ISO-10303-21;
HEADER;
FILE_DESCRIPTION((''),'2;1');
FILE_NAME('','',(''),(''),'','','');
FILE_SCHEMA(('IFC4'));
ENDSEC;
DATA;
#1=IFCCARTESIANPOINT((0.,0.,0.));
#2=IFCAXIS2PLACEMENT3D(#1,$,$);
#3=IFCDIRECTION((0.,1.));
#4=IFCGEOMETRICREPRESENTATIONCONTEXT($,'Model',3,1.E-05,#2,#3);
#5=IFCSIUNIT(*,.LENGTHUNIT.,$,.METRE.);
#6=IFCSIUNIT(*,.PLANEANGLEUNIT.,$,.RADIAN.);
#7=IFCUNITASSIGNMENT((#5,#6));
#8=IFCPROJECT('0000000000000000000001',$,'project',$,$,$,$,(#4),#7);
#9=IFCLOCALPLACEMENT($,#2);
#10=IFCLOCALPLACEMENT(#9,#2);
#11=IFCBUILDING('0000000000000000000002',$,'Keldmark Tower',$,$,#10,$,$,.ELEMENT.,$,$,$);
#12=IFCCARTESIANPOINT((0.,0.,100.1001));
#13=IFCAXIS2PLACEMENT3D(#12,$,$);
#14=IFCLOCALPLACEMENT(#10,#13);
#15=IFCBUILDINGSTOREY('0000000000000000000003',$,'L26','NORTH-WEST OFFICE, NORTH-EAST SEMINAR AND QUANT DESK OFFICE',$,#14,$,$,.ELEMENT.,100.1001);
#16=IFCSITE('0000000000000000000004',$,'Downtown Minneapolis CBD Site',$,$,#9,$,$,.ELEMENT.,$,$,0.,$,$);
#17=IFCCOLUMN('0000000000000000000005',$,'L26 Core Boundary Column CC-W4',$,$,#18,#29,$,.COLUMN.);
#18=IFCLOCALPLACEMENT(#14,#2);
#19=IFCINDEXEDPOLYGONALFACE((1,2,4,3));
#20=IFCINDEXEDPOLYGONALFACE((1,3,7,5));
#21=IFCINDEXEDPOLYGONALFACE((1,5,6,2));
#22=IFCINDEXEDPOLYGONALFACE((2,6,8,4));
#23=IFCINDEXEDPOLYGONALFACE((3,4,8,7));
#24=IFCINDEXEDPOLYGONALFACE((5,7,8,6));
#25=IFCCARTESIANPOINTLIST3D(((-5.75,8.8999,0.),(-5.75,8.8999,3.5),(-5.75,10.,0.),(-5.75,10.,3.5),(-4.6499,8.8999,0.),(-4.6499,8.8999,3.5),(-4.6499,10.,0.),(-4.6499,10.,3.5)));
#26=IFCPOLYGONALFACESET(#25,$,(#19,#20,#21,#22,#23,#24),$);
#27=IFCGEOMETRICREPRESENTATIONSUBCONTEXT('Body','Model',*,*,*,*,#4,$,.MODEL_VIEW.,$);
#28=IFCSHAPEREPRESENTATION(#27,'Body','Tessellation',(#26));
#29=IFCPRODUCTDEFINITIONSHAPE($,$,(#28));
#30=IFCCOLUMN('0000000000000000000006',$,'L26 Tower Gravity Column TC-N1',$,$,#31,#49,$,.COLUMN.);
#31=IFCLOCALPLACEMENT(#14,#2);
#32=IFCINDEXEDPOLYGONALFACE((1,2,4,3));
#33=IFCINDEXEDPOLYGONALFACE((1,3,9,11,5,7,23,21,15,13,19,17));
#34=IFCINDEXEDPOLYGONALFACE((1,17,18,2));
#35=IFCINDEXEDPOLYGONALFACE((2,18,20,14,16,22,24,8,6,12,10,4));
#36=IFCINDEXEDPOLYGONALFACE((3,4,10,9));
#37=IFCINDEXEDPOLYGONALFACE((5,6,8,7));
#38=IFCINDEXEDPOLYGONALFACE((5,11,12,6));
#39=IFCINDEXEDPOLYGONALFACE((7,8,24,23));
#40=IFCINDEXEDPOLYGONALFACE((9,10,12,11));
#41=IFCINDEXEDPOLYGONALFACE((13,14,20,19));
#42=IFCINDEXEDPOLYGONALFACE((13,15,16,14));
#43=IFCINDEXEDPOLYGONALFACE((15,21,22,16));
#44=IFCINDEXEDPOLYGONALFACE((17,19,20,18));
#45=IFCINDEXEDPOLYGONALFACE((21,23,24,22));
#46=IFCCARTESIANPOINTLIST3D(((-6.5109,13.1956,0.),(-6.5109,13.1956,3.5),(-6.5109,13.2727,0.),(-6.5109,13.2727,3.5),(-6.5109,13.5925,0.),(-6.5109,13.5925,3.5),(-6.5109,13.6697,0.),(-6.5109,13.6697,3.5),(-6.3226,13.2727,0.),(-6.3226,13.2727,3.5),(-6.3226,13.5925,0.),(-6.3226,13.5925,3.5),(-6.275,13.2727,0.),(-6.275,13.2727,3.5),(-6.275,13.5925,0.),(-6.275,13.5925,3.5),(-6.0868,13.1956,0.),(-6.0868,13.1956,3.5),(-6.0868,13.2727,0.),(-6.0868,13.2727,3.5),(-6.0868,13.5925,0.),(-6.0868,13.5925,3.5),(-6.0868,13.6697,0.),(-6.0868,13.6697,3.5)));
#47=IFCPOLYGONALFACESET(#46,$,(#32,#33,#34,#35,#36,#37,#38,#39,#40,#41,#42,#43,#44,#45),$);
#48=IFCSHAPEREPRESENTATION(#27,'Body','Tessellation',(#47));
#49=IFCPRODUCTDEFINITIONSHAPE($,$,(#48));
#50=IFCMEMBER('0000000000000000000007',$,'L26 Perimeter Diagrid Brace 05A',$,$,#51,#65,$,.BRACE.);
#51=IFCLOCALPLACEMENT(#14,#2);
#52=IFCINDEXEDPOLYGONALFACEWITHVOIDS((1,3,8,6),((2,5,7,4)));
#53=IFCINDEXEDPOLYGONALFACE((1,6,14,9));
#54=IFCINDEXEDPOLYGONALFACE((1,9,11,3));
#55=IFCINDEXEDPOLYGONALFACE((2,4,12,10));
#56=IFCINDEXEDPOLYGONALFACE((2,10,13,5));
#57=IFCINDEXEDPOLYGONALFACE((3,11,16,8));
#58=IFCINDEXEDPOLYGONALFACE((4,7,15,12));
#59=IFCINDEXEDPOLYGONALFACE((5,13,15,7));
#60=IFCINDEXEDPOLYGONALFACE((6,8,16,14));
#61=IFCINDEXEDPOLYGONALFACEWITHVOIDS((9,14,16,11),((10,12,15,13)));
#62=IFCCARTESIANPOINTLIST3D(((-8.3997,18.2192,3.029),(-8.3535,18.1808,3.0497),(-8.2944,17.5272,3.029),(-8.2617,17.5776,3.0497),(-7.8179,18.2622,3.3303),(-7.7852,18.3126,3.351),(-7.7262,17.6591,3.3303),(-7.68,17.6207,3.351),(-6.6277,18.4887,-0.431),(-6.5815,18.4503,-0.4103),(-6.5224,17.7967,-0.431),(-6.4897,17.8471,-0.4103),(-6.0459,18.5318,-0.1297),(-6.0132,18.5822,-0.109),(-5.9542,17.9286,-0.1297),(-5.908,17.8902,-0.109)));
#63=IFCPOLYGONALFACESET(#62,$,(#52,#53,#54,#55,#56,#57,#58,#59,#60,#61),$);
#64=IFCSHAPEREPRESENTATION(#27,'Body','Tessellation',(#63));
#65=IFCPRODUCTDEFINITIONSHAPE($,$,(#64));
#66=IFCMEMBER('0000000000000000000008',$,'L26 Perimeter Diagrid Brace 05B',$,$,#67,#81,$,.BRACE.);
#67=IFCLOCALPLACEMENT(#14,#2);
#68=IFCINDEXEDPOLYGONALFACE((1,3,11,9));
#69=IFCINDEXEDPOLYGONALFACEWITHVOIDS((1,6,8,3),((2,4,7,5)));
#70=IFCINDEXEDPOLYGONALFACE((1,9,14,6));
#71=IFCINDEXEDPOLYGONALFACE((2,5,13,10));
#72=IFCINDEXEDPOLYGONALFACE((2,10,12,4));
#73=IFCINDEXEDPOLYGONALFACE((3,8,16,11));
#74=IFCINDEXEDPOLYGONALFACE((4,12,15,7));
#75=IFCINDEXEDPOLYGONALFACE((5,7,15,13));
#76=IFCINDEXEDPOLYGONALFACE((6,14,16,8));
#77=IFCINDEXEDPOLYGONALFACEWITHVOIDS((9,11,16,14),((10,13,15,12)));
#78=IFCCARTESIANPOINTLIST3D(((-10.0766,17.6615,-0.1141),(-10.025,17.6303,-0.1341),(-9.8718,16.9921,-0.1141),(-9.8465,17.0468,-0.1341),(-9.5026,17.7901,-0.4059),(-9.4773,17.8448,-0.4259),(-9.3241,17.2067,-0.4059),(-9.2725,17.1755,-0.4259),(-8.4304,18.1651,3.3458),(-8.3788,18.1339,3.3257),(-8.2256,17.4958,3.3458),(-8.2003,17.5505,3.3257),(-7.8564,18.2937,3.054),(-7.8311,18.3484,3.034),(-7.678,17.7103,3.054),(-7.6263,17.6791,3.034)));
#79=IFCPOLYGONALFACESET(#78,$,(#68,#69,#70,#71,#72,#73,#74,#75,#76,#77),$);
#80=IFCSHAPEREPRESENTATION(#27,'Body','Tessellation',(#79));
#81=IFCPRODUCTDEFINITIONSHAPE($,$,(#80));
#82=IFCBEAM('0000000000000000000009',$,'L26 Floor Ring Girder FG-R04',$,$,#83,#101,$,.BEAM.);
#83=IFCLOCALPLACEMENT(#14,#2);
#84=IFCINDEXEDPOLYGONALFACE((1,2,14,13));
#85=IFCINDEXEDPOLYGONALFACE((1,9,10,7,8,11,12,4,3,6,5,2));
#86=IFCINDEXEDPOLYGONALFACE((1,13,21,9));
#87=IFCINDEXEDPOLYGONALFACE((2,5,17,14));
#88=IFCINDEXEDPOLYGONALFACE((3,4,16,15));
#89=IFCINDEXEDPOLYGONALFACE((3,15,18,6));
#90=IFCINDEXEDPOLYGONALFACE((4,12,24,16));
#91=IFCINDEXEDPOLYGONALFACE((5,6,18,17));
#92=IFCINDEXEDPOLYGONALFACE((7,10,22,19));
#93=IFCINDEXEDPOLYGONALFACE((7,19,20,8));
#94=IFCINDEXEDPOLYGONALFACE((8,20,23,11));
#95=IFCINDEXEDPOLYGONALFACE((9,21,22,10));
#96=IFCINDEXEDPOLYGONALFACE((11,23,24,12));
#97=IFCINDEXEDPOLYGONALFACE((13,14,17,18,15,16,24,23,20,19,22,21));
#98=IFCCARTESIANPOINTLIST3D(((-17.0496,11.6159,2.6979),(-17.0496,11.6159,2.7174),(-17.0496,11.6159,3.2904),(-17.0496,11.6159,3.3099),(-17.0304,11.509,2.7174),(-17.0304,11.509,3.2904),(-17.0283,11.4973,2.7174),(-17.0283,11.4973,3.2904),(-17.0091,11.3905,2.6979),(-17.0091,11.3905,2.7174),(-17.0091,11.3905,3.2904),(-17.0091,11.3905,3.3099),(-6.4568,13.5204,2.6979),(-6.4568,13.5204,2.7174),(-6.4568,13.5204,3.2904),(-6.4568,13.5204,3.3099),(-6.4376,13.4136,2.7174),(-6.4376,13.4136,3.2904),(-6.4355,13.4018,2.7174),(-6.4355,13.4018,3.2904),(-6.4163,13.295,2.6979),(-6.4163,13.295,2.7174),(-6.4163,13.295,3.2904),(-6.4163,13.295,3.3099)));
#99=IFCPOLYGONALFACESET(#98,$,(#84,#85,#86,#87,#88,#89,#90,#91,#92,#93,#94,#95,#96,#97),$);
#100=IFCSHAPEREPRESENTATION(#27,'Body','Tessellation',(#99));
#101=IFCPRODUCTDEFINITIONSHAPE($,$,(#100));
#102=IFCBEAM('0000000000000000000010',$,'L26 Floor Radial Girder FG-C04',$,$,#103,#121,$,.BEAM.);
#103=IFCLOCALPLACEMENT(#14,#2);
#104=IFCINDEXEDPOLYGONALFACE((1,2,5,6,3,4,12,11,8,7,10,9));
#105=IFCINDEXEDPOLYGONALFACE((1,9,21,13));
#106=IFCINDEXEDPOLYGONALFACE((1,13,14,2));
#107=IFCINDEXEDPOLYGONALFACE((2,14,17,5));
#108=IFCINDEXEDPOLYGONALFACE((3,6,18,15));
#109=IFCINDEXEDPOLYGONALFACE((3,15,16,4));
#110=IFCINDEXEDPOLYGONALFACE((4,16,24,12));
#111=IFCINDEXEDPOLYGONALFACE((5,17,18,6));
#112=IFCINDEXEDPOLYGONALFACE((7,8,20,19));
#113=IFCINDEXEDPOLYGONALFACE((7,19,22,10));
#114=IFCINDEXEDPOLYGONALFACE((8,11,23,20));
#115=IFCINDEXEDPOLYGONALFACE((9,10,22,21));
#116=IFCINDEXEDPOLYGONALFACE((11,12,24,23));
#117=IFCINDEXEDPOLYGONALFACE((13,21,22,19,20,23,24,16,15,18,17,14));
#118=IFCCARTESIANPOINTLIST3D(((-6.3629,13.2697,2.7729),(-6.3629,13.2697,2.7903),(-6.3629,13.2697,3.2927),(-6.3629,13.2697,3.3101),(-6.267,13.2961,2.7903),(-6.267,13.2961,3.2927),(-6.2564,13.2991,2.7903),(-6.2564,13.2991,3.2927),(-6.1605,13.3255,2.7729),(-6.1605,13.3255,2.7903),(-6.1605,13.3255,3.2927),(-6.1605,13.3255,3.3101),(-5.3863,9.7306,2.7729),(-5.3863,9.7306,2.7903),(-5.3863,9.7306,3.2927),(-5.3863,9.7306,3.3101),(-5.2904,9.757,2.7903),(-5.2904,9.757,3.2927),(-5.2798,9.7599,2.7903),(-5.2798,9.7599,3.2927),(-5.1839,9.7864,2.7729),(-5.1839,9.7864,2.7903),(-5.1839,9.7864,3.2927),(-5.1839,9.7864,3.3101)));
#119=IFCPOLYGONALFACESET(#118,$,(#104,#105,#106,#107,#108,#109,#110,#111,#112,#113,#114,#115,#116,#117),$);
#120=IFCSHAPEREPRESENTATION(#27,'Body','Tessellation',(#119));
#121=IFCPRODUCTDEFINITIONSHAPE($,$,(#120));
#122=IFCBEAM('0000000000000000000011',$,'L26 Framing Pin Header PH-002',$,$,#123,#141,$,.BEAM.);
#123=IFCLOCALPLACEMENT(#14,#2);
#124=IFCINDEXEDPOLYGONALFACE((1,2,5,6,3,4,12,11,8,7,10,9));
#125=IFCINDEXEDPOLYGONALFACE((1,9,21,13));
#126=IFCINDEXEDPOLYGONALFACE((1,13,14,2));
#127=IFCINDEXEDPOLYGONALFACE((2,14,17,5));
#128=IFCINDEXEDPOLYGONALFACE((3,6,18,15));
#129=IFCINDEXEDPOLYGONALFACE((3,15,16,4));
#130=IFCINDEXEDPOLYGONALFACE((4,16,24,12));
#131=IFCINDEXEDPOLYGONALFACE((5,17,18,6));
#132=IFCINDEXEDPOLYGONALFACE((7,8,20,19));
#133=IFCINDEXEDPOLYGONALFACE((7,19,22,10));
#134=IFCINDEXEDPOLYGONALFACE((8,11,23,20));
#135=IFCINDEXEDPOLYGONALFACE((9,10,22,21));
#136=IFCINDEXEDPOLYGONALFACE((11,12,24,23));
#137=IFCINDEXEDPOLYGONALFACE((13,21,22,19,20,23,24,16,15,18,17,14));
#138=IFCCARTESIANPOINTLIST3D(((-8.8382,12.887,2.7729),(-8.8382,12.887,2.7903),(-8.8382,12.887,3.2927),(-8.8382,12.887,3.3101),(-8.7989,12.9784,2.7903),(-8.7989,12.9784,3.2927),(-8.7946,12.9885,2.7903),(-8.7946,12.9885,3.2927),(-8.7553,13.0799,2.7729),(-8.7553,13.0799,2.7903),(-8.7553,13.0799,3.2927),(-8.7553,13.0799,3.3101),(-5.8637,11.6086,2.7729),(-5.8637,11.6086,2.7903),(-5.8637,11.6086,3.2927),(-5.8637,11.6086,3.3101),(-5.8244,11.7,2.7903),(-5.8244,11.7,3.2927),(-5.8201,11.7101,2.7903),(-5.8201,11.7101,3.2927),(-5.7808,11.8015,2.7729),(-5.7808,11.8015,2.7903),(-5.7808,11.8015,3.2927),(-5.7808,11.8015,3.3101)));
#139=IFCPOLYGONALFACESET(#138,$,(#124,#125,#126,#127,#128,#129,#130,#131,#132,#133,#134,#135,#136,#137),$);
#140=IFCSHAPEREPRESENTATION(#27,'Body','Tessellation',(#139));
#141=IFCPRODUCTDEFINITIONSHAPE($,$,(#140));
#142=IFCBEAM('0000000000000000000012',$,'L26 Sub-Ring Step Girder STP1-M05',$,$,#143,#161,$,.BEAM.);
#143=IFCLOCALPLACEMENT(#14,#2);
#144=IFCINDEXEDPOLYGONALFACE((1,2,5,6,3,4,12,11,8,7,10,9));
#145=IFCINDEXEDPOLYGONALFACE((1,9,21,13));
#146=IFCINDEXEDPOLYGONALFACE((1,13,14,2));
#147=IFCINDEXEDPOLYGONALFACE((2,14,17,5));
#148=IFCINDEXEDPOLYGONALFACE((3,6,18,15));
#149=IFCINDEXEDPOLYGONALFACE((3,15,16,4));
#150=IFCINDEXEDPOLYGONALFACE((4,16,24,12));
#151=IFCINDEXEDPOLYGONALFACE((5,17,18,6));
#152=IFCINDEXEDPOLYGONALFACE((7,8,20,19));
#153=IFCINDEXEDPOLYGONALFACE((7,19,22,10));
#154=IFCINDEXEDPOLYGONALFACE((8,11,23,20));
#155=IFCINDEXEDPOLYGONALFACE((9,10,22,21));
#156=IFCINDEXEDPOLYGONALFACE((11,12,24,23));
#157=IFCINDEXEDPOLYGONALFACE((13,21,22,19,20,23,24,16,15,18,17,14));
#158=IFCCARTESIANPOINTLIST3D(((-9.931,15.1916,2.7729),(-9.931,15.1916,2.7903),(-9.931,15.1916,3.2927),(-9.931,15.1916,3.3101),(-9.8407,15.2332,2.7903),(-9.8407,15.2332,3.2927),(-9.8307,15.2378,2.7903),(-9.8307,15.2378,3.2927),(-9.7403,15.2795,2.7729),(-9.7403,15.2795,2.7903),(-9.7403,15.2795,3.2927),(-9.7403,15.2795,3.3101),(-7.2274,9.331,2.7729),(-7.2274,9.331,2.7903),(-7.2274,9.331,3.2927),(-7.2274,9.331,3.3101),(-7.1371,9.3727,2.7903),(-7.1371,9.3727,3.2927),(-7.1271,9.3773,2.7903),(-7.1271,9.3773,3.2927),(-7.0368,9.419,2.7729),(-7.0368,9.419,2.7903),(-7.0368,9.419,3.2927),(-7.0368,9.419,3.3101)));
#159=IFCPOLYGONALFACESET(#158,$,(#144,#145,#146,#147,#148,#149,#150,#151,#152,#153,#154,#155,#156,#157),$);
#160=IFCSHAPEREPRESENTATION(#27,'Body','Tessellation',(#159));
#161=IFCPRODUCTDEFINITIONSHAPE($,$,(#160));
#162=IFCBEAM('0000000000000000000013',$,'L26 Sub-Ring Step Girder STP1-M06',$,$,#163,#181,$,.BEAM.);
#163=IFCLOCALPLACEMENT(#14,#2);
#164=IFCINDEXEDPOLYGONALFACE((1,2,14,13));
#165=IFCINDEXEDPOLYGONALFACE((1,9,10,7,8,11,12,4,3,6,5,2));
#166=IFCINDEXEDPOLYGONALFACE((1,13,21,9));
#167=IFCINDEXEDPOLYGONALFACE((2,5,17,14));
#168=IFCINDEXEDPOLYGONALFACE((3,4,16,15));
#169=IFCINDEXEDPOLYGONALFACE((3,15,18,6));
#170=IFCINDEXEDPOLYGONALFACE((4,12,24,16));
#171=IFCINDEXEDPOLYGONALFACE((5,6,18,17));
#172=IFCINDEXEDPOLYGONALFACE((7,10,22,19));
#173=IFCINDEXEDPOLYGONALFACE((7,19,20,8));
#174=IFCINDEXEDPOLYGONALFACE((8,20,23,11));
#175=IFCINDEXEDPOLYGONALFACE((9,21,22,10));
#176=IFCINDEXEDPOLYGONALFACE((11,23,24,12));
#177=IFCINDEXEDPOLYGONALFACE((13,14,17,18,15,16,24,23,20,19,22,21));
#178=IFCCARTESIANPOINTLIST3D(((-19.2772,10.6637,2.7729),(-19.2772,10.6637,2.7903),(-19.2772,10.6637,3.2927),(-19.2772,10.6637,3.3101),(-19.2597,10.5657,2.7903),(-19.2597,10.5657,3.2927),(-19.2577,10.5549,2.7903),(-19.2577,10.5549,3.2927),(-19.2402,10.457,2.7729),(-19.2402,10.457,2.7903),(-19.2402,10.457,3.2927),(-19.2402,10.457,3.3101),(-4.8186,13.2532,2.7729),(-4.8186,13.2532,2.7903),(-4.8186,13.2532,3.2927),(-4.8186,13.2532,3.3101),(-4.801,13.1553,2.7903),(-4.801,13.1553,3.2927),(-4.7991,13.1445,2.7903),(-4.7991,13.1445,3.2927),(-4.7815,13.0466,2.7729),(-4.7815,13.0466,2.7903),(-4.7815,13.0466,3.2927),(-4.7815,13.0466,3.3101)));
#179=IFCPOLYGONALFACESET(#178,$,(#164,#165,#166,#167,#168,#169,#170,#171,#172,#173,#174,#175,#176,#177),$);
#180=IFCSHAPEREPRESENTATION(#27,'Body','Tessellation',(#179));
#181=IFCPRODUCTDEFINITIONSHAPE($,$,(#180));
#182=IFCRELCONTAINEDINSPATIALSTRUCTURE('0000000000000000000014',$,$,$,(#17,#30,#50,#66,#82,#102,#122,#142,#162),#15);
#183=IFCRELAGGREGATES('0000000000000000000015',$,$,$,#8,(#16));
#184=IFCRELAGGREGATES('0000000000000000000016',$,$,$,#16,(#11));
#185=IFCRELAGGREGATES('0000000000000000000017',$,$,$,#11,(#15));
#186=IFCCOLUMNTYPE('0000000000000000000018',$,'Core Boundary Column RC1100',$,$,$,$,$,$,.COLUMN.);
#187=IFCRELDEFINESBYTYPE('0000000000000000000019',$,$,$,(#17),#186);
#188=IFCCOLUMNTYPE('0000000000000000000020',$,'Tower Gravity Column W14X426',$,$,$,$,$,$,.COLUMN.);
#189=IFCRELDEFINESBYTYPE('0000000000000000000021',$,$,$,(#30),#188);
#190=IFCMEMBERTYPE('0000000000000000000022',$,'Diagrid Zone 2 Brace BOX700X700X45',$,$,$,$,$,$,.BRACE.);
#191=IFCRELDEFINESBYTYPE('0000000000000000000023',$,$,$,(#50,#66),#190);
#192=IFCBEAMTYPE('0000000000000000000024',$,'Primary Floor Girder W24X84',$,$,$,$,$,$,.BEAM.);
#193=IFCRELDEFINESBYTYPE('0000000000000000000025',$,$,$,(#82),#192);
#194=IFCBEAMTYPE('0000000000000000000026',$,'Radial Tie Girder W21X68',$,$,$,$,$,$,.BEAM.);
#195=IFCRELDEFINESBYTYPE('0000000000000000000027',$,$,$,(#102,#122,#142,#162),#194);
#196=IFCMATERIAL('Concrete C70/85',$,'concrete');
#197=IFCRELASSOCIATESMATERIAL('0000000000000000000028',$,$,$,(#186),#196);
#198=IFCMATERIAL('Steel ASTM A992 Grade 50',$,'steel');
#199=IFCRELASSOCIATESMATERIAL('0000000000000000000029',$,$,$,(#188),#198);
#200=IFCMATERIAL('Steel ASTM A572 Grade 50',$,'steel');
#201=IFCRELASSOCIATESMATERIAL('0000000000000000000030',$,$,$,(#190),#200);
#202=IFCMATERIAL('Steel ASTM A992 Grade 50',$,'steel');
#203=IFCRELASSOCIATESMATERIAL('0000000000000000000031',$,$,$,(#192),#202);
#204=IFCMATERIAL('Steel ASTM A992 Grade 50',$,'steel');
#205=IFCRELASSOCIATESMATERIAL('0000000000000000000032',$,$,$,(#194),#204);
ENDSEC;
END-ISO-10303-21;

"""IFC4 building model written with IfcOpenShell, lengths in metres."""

from ifc_helpers import new_model, si_unit, direction, frame, origin, origin_2d, place, context, subcontext, project, spatial, rectangle, hollow_rectangle, i_section, extrude, material, material_profile, profile_set, type_object, element, save


model = new_model("IFC4")

# Units and contexts
model_context = context("Model", 3, precision=1e-05, world=origin(), true_north=direction((0.0, 1.0)))
body_context = subcontext(model_context, "Body", "Model", "MODEL_VIEW")
ifc_project = project(units=[si_unit("LENGTHUNIT", "METRE"), si_unit("PLANEANGLEUNIT", "RADIAN")], contexts=[model_context])

# Site, building, storey
site_placement = place(None, origin())
site = spatial("IfcSite", under=ifc_project, at=site_placement, Name="Downtown Minneapolis CBD Site", CompositionType="ELEMENT", RefElevation=0.0)
building_placement = place(site_placement, origin())
building = spatial("IfcBuilding", under=site, at=building_placement, Name="Keldmark Tower", CompositionType="ELEMENT")
storey_placement = place(building_placement, frame((0.0, 0.0, 100.1001)))
storey = spatial("IfcBuildingStorey", under=building, at=storey_placement, Name="L26", Description="NORTH-WEST OFFICE, NORTH-EAST SEMINAR AND QUANT DESK OFFICE", CompositionType="ELEMENT", Elevation=100.1001)

# Columns
ifc_material_1 = material(Name="Concrete C70/85", Category="concrete")
ifc_material_profile_1 = material_profile(ifc_material_1, rectangle(XDim=1.1001, YDim=1.1001, at=origin_2d()), Name="RC1100X1100")
ifc_profile_set_1 = profile_set([ifc_material_profile_1], Name="Concrete C70/85")
column_type_1 = type_object("IfcColumnType", Name="Core Boundary Column RC1100", PredefinedType="COLUMN", material=ifc_profile_set_1)
column_1_placement = place(storey_placement, frame((-5.2, 9.45, 0.0), z_axis=(0.0, 0.0, 1.0), x_axis=(1.0, 0.0, 0.0)))
element("IfcColumn", 1, at=column_1_placement, inside=storey, type_object=column_type_1, Name="L26 Core Boundary Column CC-W4", PredefinedType="COLUMN", context=body_context, shape_type="SweptSolid", body=[
    extrude(rectangle(XDim=1.1001, YDim=1.1001, at=origin_2d()), origin(), (0.0, 0.0, 1.0), 3.5),
])
ifc_material_2 = material(Name="Steel ASTM A992 Grade 50", Category="steel")
ifc_material_profile_2 = material_profile(ifc_material_2, i_section(OverallWidth=0.4241, OverallDepth=0.4741, WebThickness=0.0476, FlangeThickness=0.0771, at=origin_2d()), Name="W14X426")
ifc_profile_set_2 = profile_set([ifc_material_profile_2], Name="Steel ASTM A992 Grade 50")
column_type_2 = type_object("IfcColumnType", Name="Tower Gravity Column W14X426", PredefinedType="COLUMN", material=ifc_profile_set_2)
column_2_placement = place(storey_placement, frame((-6.2988, 13.4326, 0.0), z_axis=(0.0, 0.0, 1.0), x_axis=(1.0, 0.0, 0.0)))
element("IfcColumn", 2, at=column_2_placement, inside=storey, type_object=column_type_2, Name="L26 Tower Gravity Column TC-N1", PredefinedType="COLUMN", context=body_context, shape_type="SweptSolid", body=[
    extrude(i_section(OverallWidth=0.4241, OverallDepth=0.4741, WebThickness=0.0476, FlangeThickness=0.0771, at=origin_2d()), origin(), (0.0, 0.0, 1.0), 3.5),
])

# Members
ifc_material_3 = material(Name="Steel ASTM A572 Grade 50", Category="steel")
ifc_material_profile_3 = material_profile(ifc_material_3, hollow_rectangle(XDim=0.7, YDim=0.7, WallThickness=0.0449, at=origin_2d()), Name="BOX700X700X45")
ifc_profile_set_3 = profile_set([ifc_material_profile_3], Name="Steel ASTM A572 Grade 50")
member_type = type_object("IfcMemberType", Name="Diagrid Zone 2 Brace BOX700X700X45", PredefinedType="BRACE", material=ifc_profile_set_3)
member_1_placement = place(storey_placement, frame((-6.2678, 18.1895, -0.27), z_axis=(-0.454743, -0.06917, 0.887933), x_axis=(0.150378, -0.988629, 0.0)))
element("IfcMember", 3, at=member_1_placement, inside=storey, type_object=member_type, Name="L26 Perimeter Diagrid Brace 05A", PredefinedType="BRACE", context=body_context, shape_type="SweptSolid", body=[
    extrude(hollow_rectangle(XDim=0.7, YDim=0.7, WallThickness=0.0449, at=origin_2d()), origin(), (0.0, 0.0, 1.0), 3.8967),
])
member_2_placement = place(storey_placement, frame((-9.6746, 17.4185, -0.27), z_axis=(0.42598, 0.130327, 0.895297), x_axis=(-0.292561, 0.956247, 0.0)))
element("IfcMember", 4, at=member_2_placement, inside=storey, type_object=member_type, Name="L26 Perimeter Diagrid Brace 05B", PredefinedType="BRACE", context=body_context, shape_type="SweptSolid", body=[
    extrude(hollow_rectangle(XDim=0.7, YDim=0.7, WallThickness=0.0449, at=origin_2d()), origin(), (0.0, 0.0, 1.0), 3.8645),
])

# Beams
ifc_material_4 = material(Name="Steel ASTM A992 Grade 50", Category="steel")
ifc_material_profile_4 = material_profile(ifc_material_4, i_section(OverallWidth=0.229, OverallDepth=0.6121, WebThickness=0.012, FlangeThickness=0.0195, at=origin_2d()), Name="W24X84")
ifc_profile_set_4 = profile_set([ifc_material_profile_4], Name="Steel ASTM A992 Grade 50")
beam_type_1 = type_object("IfcBeamType", Name="Primary Floor Girder W24X84", PredefinedType="BEAM", material=ifc_profile_set_4)
beam_1_placement = place(storey_placement, frame((-6.4365, 13.4077, 3.0039), z_axis=(-0.984218, -0.176959, 0.0), x_axis=(0.176959, -0.984218, 0.0)))
element("IfcBeam", 5, at=beam_1_placement, inside=storey, type_object=beam_type_1, Name="L26 Floor Ring Girder FG-R04", PredefinedType="BEAM", context=body_context, shape_type="SweptSolid", body=[
    extrude(i_section(OverallWidth=0.229, OverallDepth=0.6121, WebThickness=0.012, FlangeThickness=0.0195, at=origin_2d()), origin(), (0.0, 0.0, 1.0), 10.7627),
])
ifc_material_5 = material(Name="Steel ASTM A992 Grade 50", Category="steel")
ifc_material_profile_5 = material_profile(ifc_material_5, i_section(OverallWidth=0.21, OverallDepth=0.5371, WebThickness=0.011, FlangeThickness=0.0173, at=origin_2d()), Name="W21X68")
ifc_profile_set_5 = profile_set([ifc_material_profile_5], Name="Steel ASTM A992 Grade 50")
beam_type_2 = type_object("IfcBeamType", Name="Radial Tie Girder W21X68", PredefinedType="BEAM", material=ifc_profile_set_5)
beam_2_placement = place(storey_placement, frame((-6.2617, 13.2976, 3.0415), z_axis=(0.265997, -0.963974, 0.0), x_axis=(0.963974, 0.265997, 0.0)))
element("IfcBeam", 6, at=beam_2_placement, inside=storey, type_object=beam_type_2, Name="L26 Floor Radial Girder FG-C04", PredefinedType="BEAM", context=body_context, shape_type="SweptSolid", body=[
    extrude(i_section(OverallWidth=0.21, OverallDepth=0.5371, WebThickness=0.011, FlangeThickness=0.0173, at=origin_2d()), origin(), (0.0, 0.0, 1.0), 3.6714),
])
beam_3_placement = place(storey_placement, frame((-5.8223, 11.7051, 3.0415), z_axis=(-0.918743, 0.394857, 0.0), x_axis=(-0.394857, -0.918743, 0.0)))
element("IfcBeam", 7, at=beam_3_placement, inside=storey, type_object=beam_type_2, Name="L26 Framing Pin Header PH-002", PredefinedType="BEAM", context=body_context, shape_type="SweptSolid", body=[
    extrude(i_section(OverallWidth=0.21, OverallDepth=0.5371, WebThickness=0.011, FlangeThickness=0.0173, at=origin_2d()), origin(), (0.0, 0.0, 1.0), 3.2375),
])
beam_4_placement = place(storey_placement, frame((-7.1321, 9.375, 3.0415), z_axis=(-0.418895, 0.908035, 0.0), x_axis=(-0.908035, -0.418895, 0.0)))
element("IfcBeam", 8, at=beam_4_placement, inside=storey, type_object=beam_type_2, Name="L26 Sub-Ring Step Girder STP1-M05", PredefinedType="BEAM", context=body_context, shape_type="SweptSolid", body=[
    extrude(i_section(OverallWidth=0.21, OverallDepth=0.5371, WebThickness=0.011, FlangeThickness=0.0173, at=origin_2d()), origin(), (0.0, 0.0, 1.0), 6.4541),
])
beam_5_placement = place(storey_placement, frame((-4.8, 13.1499, 3.0415), z_axis=(-0.984337, -0.176297, 0.0), x_axis=(0.176297, -0.984337, 0.0)))
element("IfcBeam", 9, at=beam_5_placement, inside=storey, type_object=beam_type_2, Name="L26 Sub-Ring Step Girder STP1-M06", PredefinedType="BEAM", context=body_context, shape_type="SweptSolid", body=[
    extrude(i_section(OverallWidth=0.21, OverallDepth=0.5371, WebThickness=0.011, FlangeThickness=0.0173, at=origin_2d()), origin(), (0.0, 0.0, 1.0), 14.6887),
])

save(model, "model.ifc")
